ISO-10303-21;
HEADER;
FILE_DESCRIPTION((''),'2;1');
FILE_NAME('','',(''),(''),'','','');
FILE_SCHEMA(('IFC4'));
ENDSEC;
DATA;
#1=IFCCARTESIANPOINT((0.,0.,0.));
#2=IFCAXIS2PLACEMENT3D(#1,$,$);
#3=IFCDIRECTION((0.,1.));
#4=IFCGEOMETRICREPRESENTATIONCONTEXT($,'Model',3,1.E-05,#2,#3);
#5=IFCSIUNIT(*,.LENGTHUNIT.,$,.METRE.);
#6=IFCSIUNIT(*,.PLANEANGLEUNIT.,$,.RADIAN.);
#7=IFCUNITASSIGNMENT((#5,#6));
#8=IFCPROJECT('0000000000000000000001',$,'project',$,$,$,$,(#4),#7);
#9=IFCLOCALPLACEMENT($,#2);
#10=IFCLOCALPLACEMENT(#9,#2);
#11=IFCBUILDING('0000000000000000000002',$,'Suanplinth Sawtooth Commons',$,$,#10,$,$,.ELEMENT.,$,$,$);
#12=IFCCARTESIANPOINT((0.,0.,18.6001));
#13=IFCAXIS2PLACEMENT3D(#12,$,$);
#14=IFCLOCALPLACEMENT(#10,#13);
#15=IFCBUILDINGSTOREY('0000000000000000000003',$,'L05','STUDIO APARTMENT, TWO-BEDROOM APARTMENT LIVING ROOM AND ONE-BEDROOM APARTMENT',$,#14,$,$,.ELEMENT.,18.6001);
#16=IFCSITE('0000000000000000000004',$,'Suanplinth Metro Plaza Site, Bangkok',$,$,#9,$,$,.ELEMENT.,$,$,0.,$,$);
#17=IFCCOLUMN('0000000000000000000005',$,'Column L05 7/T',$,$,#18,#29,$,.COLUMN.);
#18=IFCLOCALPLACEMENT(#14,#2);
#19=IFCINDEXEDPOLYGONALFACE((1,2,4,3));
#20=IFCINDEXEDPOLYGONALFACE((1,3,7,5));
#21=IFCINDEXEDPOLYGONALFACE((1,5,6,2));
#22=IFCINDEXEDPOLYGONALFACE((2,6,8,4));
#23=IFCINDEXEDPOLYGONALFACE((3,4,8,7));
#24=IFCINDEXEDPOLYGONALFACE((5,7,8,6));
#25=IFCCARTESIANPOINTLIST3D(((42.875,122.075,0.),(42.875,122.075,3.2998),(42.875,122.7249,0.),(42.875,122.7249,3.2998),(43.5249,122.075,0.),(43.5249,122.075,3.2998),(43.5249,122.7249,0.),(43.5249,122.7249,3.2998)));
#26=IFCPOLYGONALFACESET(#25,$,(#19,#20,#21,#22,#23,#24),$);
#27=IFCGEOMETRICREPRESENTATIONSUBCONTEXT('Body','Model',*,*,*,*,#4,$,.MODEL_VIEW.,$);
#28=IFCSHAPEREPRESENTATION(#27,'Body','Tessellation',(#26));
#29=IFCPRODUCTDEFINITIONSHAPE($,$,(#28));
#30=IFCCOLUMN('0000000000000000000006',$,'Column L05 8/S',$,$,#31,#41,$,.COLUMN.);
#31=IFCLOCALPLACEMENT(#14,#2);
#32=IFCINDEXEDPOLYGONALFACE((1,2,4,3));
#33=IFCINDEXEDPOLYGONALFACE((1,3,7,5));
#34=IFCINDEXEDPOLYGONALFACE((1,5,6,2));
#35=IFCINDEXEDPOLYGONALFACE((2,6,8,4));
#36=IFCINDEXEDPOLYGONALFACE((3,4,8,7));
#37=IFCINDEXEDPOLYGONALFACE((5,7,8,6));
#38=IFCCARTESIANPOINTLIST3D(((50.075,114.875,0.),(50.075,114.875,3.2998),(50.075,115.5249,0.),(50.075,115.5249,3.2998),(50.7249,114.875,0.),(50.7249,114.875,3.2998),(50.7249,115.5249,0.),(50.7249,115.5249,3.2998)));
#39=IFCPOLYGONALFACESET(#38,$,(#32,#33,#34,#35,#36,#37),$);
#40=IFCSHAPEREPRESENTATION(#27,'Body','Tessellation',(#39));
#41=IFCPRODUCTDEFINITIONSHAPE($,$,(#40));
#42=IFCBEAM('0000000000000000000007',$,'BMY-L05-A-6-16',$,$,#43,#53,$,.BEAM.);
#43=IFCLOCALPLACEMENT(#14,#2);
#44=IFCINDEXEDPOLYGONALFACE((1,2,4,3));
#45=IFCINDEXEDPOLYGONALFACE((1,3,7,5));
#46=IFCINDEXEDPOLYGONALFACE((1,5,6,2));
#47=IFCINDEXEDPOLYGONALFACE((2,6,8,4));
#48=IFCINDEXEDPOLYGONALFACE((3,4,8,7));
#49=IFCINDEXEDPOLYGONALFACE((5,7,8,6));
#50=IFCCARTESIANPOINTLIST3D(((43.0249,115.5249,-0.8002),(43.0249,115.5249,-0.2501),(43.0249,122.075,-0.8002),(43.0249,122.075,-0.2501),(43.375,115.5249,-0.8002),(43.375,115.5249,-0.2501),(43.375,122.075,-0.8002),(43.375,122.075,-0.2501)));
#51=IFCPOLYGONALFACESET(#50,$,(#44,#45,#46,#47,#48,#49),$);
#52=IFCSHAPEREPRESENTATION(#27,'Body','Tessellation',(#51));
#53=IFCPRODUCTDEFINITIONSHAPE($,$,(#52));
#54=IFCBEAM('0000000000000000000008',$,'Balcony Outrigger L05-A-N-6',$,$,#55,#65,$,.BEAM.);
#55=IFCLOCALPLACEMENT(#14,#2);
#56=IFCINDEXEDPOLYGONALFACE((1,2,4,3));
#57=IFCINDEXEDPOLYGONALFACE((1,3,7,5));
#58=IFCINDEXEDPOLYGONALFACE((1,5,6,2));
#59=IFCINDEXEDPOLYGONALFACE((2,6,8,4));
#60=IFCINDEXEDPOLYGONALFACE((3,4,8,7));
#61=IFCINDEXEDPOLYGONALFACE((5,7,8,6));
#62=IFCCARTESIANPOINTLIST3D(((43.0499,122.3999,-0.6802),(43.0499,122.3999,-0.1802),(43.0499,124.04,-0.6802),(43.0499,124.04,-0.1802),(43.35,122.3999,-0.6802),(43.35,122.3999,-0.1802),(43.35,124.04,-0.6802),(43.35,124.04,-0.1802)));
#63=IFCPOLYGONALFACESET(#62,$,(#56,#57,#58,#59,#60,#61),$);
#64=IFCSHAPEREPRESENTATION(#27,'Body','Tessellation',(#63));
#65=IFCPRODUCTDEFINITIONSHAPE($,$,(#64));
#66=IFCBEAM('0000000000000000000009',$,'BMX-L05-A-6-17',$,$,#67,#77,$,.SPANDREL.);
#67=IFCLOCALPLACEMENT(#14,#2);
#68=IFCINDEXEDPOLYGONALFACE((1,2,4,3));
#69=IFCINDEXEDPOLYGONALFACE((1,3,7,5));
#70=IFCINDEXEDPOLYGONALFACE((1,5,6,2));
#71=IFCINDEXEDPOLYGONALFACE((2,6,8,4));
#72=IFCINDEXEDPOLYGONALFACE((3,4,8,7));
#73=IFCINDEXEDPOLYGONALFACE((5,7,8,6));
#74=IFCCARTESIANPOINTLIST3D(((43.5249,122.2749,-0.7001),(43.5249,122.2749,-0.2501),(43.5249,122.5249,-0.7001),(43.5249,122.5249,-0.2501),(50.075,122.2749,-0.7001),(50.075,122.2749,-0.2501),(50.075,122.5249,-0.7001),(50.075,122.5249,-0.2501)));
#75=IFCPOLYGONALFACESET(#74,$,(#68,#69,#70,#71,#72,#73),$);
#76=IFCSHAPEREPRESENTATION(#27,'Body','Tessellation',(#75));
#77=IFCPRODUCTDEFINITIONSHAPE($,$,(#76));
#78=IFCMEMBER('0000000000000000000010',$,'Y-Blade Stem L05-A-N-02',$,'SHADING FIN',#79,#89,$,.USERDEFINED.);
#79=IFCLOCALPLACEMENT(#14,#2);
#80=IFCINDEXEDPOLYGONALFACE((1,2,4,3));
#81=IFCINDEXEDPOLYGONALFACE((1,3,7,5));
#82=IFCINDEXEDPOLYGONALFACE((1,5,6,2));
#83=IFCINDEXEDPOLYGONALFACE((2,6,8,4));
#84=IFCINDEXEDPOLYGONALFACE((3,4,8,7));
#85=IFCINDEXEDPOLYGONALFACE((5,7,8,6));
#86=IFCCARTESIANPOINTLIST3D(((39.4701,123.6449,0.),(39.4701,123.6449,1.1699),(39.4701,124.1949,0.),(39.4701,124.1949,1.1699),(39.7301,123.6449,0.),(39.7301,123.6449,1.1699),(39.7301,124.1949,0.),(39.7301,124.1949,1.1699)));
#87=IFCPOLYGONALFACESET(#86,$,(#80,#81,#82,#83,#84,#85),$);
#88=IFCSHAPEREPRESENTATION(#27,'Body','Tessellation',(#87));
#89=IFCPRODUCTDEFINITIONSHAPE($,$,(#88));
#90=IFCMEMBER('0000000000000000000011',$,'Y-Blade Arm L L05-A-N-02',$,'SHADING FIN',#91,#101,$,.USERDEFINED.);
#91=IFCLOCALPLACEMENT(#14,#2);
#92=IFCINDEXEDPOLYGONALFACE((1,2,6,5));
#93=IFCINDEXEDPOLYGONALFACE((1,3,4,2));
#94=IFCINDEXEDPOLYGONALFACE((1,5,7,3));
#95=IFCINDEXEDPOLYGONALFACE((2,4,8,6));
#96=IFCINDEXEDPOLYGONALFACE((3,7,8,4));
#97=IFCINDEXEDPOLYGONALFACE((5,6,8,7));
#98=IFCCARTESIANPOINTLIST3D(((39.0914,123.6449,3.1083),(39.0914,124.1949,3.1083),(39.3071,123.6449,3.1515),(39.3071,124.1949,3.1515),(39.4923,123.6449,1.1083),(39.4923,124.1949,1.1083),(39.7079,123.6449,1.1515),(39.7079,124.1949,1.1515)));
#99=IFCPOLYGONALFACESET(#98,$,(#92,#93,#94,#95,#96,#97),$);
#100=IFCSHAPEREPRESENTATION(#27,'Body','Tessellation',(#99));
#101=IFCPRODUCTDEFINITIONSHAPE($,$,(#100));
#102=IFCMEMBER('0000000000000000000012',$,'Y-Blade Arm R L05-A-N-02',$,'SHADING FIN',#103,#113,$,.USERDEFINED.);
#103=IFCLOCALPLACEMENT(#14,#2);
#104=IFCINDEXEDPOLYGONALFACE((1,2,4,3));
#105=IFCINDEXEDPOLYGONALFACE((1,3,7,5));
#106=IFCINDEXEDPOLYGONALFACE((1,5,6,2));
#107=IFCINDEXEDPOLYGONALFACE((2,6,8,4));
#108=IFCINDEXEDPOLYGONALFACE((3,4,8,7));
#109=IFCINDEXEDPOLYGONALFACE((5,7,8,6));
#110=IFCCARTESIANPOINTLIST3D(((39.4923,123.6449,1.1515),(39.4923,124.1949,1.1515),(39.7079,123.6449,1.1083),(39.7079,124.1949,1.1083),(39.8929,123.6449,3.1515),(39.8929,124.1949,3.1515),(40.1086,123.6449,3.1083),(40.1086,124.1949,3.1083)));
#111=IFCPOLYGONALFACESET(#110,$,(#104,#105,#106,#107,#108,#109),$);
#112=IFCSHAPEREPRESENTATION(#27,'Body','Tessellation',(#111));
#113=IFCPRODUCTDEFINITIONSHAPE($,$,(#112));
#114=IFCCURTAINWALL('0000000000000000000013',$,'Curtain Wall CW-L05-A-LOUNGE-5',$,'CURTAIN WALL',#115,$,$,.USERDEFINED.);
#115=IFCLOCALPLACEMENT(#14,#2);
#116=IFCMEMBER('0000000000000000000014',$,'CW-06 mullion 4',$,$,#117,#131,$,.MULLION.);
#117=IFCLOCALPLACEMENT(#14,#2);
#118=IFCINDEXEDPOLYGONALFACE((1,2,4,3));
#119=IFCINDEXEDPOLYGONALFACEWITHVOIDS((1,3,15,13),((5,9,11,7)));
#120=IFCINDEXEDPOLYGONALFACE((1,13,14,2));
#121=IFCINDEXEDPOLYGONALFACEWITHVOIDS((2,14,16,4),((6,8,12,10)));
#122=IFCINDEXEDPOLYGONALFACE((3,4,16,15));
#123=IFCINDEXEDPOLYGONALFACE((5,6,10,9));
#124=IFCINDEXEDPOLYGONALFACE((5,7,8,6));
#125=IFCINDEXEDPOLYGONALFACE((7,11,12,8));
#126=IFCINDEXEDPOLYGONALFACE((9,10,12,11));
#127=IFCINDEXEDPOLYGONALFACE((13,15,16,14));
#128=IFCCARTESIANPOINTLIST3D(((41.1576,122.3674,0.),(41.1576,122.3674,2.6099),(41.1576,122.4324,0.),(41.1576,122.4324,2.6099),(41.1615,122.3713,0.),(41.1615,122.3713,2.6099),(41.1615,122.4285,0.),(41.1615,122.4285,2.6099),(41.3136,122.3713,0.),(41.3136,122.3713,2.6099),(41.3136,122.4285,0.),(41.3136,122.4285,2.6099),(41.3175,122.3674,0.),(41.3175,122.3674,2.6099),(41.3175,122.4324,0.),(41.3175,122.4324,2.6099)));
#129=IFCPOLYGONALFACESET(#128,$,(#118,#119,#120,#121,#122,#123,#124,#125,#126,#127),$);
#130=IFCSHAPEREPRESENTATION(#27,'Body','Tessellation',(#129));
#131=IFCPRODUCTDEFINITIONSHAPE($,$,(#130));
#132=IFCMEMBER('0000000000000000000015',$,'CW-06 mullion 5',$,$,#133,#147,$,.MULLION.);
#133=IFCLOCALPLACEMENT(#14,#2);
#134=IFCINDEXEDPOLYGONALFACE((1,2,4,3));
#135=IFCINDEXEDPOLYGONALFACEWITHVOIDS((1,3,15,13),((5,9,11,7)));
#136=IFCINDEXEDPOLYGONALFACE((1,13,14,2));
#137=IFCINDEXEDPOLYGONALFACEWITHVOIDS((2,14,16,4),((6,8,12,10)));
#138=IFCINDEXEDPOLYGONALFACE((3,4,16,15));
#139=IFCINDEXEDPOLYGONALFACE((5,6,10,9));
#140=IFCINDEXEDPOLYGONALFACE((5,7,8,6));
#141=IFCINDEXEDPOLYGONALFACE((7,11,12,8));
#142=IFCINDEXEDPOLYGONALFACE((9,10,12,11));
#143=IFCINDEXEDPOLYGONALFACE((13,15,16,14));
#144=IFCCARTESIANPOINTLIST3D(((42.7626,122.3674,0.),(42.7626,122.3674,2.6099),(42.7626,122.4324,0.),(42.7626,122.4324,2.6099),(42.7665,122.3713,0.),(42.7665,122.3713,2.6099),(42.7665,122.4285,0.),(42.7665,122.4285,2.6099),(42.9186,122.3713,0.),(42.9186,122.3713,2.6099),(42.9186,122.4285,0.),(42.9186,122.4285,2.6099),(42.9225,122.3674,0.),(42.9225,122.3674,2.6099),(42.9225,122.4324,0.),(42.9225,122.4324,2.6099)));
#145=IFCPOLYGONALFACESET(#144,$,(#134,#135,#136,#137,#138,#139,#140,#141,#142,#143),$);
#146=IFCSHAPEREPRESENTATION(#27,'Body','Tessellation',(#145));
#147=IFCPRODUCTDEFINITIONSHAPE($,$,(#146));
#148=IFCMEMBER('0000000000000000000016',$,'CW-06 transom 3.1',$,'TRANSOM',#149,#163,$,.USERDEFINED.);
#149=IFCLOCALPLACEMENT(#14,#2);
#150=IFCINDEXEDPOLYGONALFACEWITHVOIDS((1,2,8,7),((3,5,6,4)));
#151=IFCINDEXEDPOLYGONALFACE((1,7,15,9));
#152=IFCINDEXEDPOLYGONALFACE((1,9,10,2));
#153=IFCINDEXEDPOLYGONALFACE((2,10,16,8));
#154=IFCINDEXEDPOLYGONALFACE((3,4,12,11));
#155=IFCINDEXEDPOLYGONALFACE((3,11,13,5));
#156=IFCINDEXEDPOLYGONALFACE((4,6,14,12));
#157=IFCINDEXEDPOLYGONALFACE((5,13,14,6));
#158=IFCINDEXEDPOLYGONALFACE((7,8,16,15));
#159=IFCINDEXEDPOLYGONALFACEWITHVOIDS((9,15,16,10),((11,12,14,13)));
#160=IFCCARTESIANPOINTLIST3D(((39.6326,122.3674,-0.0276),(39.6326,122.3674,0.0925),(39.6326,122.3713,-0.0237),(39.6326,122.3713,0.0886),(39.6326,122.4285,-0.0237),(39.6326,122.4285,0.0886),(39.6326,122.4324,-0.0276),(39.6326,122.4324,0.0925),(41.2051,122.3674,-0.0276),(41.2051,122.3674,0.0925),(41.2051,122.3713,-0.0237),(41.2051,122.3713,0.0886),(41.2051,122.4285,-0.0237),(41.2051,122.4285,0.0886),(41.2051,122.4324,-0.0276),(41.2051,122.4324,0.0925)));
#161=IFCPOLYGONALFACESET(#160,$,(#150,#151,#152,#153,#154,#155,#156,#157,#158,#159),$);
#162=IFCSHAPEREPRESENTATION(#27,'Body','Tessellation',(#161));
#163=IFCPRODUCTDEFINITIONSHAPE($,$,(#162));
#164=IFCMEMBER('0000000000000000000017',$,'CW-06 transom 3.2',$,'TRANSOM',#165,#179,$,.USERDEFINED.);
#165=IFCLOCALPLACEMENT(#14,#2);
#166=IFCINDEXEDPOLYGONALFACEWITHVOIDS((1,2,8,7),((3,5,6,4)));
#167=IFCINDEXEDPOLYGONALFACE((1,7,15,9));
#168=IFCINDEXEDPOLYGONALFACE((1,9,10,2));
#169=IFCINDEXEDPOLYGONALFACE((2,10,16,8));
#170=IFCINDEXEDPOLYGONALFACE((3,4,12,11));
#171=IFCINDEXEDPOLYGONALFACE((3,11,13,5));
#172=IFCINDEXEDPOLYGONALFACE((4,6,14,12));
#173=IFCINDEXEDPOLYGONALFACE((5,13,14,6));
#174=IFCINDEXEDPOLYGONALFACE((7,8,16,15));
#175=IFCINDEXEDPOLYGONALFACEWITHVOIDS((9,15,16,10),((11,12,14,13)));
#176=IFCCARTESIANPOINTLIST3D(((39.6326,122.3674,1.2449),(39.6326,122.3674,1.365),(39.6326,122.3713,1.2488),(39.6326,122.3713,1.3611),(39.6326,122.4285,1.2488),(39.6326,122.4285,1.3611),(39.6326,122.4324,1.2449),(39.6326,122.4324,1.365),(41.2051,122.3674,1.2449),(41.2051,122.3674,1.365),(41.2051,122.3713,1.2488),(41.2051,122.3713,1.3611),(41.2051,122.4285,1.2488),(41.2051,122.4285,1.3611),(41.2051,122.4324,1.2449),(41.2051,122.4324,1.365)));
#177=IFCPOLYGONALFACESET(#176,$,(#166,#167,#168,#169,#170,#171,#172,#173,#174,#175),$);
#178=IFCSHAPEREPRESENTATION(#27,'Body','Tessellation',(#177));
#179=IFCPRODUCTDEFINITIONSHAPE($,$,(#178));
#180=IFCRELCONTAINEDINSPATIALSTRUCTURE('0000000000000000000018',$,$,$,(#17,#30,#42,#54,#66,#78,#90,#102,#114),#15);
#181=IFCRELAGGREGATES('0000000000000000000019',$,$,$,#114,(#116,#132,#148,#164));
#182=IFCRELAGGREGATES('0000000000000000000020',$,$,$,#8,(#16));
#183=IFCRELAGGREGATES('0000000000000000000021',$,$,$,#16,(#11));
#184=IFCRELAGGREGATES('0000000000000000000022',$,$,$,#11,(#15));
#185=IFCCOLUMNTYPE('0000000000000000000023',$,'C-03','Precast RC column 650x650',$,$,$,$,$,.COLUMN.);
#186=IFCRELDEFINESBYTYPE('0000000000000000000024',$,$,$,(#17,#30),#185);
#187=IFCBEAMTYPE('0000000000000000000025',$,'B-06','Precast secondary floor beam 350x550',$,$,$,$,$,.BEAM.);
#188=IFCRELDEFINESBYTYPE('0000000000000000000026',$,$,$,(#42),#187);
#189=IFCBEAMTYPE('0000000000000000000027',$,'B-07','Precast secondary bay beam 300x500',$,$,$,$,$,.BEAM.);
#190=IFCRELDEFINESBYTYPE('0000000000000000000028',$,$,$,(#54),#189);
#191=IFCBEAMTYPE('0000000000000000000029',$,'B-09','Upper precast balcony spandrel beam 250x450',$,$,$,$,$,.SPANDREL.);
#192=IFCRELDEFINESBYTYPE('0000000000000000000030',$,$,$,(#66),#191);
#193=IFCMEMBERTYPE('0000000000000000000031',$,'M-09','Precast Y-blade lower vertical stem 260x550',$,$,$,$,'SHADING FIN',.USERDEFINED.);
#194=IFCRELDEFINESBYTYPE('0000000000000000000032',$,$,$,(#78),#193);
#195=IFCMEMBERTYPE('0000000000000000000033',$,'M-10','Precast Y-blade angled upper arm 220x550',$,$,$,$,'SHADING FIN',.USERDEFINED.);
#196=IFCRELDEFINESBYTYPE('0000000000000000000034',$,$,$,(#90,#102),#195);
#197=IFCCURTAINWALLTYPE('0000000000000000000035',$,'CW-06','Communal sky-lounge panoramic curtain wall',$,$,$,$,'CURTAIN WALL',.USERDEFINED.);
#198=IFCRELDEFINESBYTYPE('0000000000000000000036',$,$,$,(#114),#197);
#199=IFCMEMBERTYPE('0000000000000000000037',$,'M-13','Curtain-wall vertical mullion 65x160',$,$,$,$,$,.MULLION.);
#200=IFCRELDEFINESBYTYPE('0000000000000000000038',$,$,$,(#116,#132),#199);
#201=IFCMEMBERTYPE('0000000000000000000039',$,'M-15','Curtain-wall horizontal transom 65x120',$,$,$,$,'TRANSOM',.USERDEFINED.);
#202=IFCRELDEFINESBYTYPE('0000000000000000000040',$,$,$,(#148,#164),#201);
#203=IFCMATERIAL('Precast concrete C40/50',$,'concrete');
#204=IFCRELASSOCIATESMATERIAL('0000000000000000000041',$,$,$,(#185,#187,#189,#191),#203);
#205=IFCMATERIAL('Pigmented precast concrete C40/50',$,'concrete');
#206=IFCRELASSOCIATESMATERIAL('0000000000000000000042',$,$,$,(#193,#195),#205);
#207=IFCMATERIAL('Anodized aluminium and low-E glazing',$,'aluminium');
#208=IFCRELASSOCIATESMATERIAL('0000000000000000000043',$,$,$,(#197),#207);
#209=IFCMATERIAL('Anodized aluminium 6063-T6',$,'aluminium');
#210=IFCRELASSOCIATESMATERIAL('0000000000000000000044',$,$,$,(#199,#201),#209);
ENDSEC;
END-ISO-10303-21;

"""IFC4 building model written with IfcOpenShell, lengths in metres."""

from ifc_helpers import new_model, si_unit, direction, frame, origin, origin_2d, place, context, subcontext, project, spatial, rectangle, hollow_rectangle, extrude, material, material_profile, profile_set, type_object, element, aggregate, save


model = new_model("IFC4")

# Units and contexts
model_context = context("Model", 3, precision=1e-05, world=origin(), true_north=direction((0.0, 1.0)))
body_context = subcontext(model_context, "Body", "Model", "MODEL_VIEW")
ifc_project = project(units=[si_unit("LENGTHUNIT", "METRE"), si_unit("PLANEANGLEUNIT", "RADIAN")], contexts=[model_context])

# Site, building, storey
site_placement = place(None, origin())
site = spatial("IfcSite", under=ifc_project, at=site_placement, Name="Suanplinth Metro Plaza Site, Bangkok", CompositionType="ELEMENT", RefElevation=0.0)
building_placement = place(site_placement, origin())
building = spatial("IfcBuilding", under=site, at=building_placement, Name="Suanplinth Sawtooth Commons", CompositionType="ELEMENT")
storey_placement = place(building_placement, frame((0.0, 0.0, 18.6001)))
storey = spatial("IfcBuildingStorey", under=building, at=storey_placement, Name="L05", Description="STUDIO APARTMENT, TWO-BEDROOM APARTMENT LIVING ROOM AND ONE-BEDROOM APARTMENT", CompositionType="ELEMENT", Elevation=18.6001)

# Columns
ifc_material_1 = material(Name="Precast concrete C40/50", Category="concrete")
ifc_material_profile_1 = material_profile(ifc_material_1, rectangle(XDim=0.6499, YDim=0.6499, at=origin_2d()), Name="PC-COL 650x650")
ifc_profile_set_1 = profile_set([ifc_material_profile_1], Name="Precast concrete C40/50")
column_type = type_object("IfcColumnType", Name="C-03", Description="Precast RC column 650x650", PredefinedType="COLUMN", material=ifc_profile_set_1)
for number, where, z_axis, x_axis, name in (
    (1, (43.2, 122.3999, 0.0), (0.0, 0.0, 1.0), (1.0, 0.0, 0.0), "Column L05 7/T"),
    (2, (50.3999, 115.2, 0.0), (0.0, 0.0, 1.0), (1.0, 0.0, 0.0), "Column L05 8/S"),
):
    element("IfcColumn", number, at=place(storey_placement, frame(where, z_axis=z_axis, x_axis=x_axis)), inside=storey, type_object=column_type, Name=name, PredefinedType="COLUMN", context=body_context, shape_type="SweptSolid", body=[
        extrude(rectangle(XDim=0.6499, YDim=0.6499, at=origin_2d()), origin(), (0.0, 0.0, 1.0), 3.2998),
    ])

# Beams
ifc_material_profile_2 = material_profile(ifc_material_1, rectangle(XDim=0.3501, YDim=0.55, at=origin_2d()), Name="PC-BM 350x550")
ifc_profile_set_2 = profile_set([ifc_material_profile_2], Name="Precast concrete C40/50")
beam_type_1 = type_object("IfcBeamType", Name="B-06", Description="Precast secondary floor beam 350x550", PredefinedType="BEAM", material=ifc_profile_set_2)
beam_1_placement = place(storey_placement, frame((43.2, 115.5249, -0.5251), z_axis=(0.0, 1.0, 0.0), x_axis=(-1.0, 0.0, 0.0)))
element("IfcBeam", 3, at=beam_1_placement, inside=storey, type_object=beam_type_1, Name="BMY-L05-A-6-16", PredefinedType="BEAM", context=body_context, shape_type="SweptSolid", body=[
    extrude(rectangle(XDim=0.3501, YDim=0.55, at=origin_2d()), origin(), (0.0, 0.0, 1.0), 6.55),
])
ifc_material_profile_3 = material_profile(ifc_material_1, rectangle(XDim=0.3, YDim=0.5, at=origin_2d()), Name="PC-BM 300x500")
ifc_profile_set_3 = profile_set([ifc_material_profile_3], Name="Precast concrete C40/50")
beam_type_2 = type_object("IfcBeamType", Name="B-07", Description="Precast secondary bay beam 300x500", PredefinedType="BEAM", material=ifc_profile_set_3)
beam_2_placement = place(storey_placement, frame((43.2, 122.3999, -0.4302), z_axis=(0.0, 1.0, 0.0), x_axis=(-1.0, 0.0, 0.0)))
element("IfcBeam", 4, at=beam_2_placement, inside=storey, type_object=beam_type_2, Name="Balcony Outrigger L05-A-N-6", PredefinedType="BEAM", context=body_context, shape_type="SweptSolid", body=[
    extrude(rectangle(XDim=0.3, YDim=0.5, at=origin_2d()), origin(), (0.0, 0.0, 1.0), 1.6401),
])
ifc_material_profile_4 = material_profile(ifc_material_1, rectangle(XDim=0.25, YDim=0.45, at=origin_2d()), Name="PC-SP 250x450")
ifc_profile_set_4 = profile_set([ifc_material_profile_4], Name="Precast concrete C40/50")
beam_type_3 = type_object("IfcBeamType", Name="B-09", Description="Upper precast balcony spandrel beam 250x450", PredefinedType="SPANDREL", material=ifc_profile_set_4)
beam_3_placement = place(storey_placement, frame((43.5249, 122.3999, -0.4751), z_axis=(1.0, 0.0, 0.0), x_axis=(0.0, 1.0, 0.0)))
element("IfcBeam", 5, at=beam_3_placement, inside=storey, type_object=beam_type_3, Name="BMX-L05-A-6-17", PredefinedType="SPANDREL", context=body_context, shape_type="SweptSolid", body=[
    extrude(rectangle(XDim=0.25, YDim=0.45, at=origin_2d()), origin(), (0.0, 0.0, 1.0), 6.55),
])

# Members
ifc_material_2 = material(Name="Pigmented precast concrete C40/50", Category="concrete")
ifc_material_profile_5 = material_profile(ifc_material_2, rectangle(XDim=0.26, YDim=0.55, at=origin_2d()), Name="PC-FIN 260x550")
ifc_profile_set_5 = profile_set([ifc_material_profile_5], Name="Pigmented precast concrete C40/50")
member_type_1 = type_object("IfcMemberType", Name="M-09", Description="Precast Y-blade lower vertical stem 260x550", ElementType="SHADING FIN", PredefinedType="USERDEFINED", material=ifc_profile_set_5)
member_1_placement = place(storey_placement, frame((39.6001, 123.9199, 0.0), z_axis=(0.0, 0.0, 1.0), x_axis=(1.0, 0.0, 0.0)))
element("IfcMember", 6, at=member_1_placement, inside=storey, type_object=member_type_1, Name="Y-Blade Stem L05-A-N-02", ObjectType="SHADING FIN", PredefinedType="USERDEFINED", context=body_context, shape_type="SweptSolid", body=[
    extrude(rectangle(XDim=0.26, YDim=0.55, at=origin_2d()), origin(), (0.0, 0.0, 1.0), 1.1699),
])
ifc_material_profile_6 = material_profile(ifc_material_2, rectangle(XDim=0.22, YDim=0.55, at=origin_2d()), Name="PC-FIN 220x550")
ifc_profile_set_6 = profile_set([ifc_material_profile_6], Name="Pigmented precast concrete C40/50")
member_type_2 = type_object("IfcMemberType", Name="M-10", Description="Precast Y-blade angled upper arm 220x550", ElementType="SHADING FIN", PredefinedType="USERDEFINED", material=ifc_profile_set_6)
for number, where, z_axis, x_axis, name in (
    (7, (39.6001, 123.9199, 1.1299), (-0.19653, 0.0, 0.980498), (0.980498, 0.0, 0.19653), "Y-Blade Arm L L05-A-N-02"),
    (8, (39.6001, 123.9199, 1.1299), (0.196415, 0.0, 0.980521), (-0.980521, 0.0, 0.196415), "Y-Blade Arm R L05-A-N-02"),
):
    element("IfcMember", number, at=place(storey_placement, frame(where, z_axis=z_axis, x_axis=x_axis)), inside=storey, type_object=member_type_2, Name=name, ObjectType="SHADING FIN", PredefinedType="USERDEFINED", context=body_context, shape_type="SweptSolid", body=[
        extrude(rectangle(XDim=0.22, YDim=0.55, at=origin_2d()), origin(), (0.0, 0.0, 1.0), 2.0398),
    ])

# Curtain wall, members
ifc_material_3 = material(Name="Anodized aluminium and low-E glazing", Category="aluminium")
curtain_wall_type = type_object("IfcCurtainWallType", Name="CW-06", Description="Communal sky-lounge panoramic curtain wall", ElementType="CURTAIN WALL", PredefinedType="USERDEFINED", material=ifc_material_3)
curtain_wall_placement = place(storey_placement, origin())
curtain_wall = element("IfcCurtainWall", 9, at=curtain_wall_placement, inside=storey, type_object=curtain_wall_type, Name="Curtain Wall CW-L05-A-LOUNGE-5", ObjectType="CURTAIN WALL", PredefinedType="USERDEFINED")
ifc_material_4 = material(Name="Anodized aluminium 6063-T6", Category="aluminium")
ifc_material_profile_7 = material_profile(ifc_material_4, hollow_rectangle(XDim=0.0649, YDim=0.1599, WallThickness=0.0039, at=origin_2d()), Name="ALU-MUL 65x160")
ifc_profile_set_7 = profile_set([ifc_material_profile_7], Name="Anodized aluminium 6063-T6")
member_type_3 = type_object("IfcMemberType", Name="M-13", Description="Curtain-wall vertical mullion 65x160", PredefinedType="MULLION", material=ifc_profile_set_7)
member_2_placement = place(storey_placement, frame((41.2375, 122.3999, 0.0), z_axis=(0.0, 0.0, 1.0), x_axis=(0.0, 1.0, 0.0)))
member_2 = element("IfcMember", 10, at=member_2_placement, type_object=member_type_3, Name="CW-06 mullion 4", PredefinedType="MULLION", context=body_context, shape_type="SweptSolid", body=[
    extrude(hollow_rectangle(XDim=0.0649, YDim=0.1599, WallThickness=0.0039, at=origin_2d()), origin(), (0.0, 0.0, 1.0), 2.6099),
])
member_3_placement = place(storey_placement, frame((42.8425, 122.3999, 0.0), z_axis=(0.0, 0.0, 1.0), x_axis=(0.0, 1.0, 0.0)))
member_3 = element("IfcMember", 11, at=member_3_placement, type_object=member_type_3, Name="CW-06 mullion 5", PredefinedType="MULLION", context=body_context, shape_type="SweptSolid", body=[
    extrude(hollow_rectangle(XDim=0.0649, YDim=0.1599, WallThickness=0.0039, at=origin_2d()), origin(), (0.0, 0.0, 1.0), 2.6099),
])
ifc_material_profile_8 = material_profile(ifc_material_4, hollow_rectangle(XDim=0.0649, YDim=0.1201, WallThickness=0.0039, at=origin_2d()), Name="ALU-TRN 65x120")
ifc_profile_set_8 = profile_set([ifc_material_profile_8], Name="Anodized aluminium 6063-T6")
member_type_4 = type_object("IfcMemberType", Name="M-15", Description="Curtain-wall horizontal transom 65x120", ElementType="TRANSOM", PredefinedType="USERDEFINED", material=ifc_profile_set_8)
member_4_placement = place(storey_placement, frame((39.6326, 122.3999, 0.0325), z_axis=(1.0, 0.0, 0.0), x_axis=(0.0, 1.0, 0.0)))
member_4 = element("IfcMember", 12, at=member_4_placement, type_object=member_type_4, Name="CW-06 transom 3.1", ObjectType="TRANSOM", PredefinedType="USERDEFINED", context=body_context, shape_type="SweptSolid", body=[
    extrude(hollow_rectangle(XDim=0.0649, YDim=0.1201, WallThickness=0.0039, at=origin_2d()), origin(), (0.0, 0.0, 1.0), 1.5725),
])
member_5_placement = place(storey_placement, frame((39.6326, 122.3999, 1.3049), z_axis=(1.0, 0.0, 0.0), x_axis=(0.0, 1.0, 0.0)))
member_5 = element("IfcMember", 13, at=member_5_placement, type_object=member_type_4, Name="CW-06 transom 3.2", ObjectType="TRANSOM", PredefinedType="USERDEFINED", context=body_context, shape_type="SweptSolid", body=[
    extrude(hollow_rectangle(XDim=0.0649, YDim=0.1201, WallThickness=0.0039, at=origin_2d()), origin(), (0.0, 0.0, 1.0), 1.5725),
])

aggregate(curtain_wall, [member_2, member_3, member_4, member_5])

save(model, "model.ifc")
